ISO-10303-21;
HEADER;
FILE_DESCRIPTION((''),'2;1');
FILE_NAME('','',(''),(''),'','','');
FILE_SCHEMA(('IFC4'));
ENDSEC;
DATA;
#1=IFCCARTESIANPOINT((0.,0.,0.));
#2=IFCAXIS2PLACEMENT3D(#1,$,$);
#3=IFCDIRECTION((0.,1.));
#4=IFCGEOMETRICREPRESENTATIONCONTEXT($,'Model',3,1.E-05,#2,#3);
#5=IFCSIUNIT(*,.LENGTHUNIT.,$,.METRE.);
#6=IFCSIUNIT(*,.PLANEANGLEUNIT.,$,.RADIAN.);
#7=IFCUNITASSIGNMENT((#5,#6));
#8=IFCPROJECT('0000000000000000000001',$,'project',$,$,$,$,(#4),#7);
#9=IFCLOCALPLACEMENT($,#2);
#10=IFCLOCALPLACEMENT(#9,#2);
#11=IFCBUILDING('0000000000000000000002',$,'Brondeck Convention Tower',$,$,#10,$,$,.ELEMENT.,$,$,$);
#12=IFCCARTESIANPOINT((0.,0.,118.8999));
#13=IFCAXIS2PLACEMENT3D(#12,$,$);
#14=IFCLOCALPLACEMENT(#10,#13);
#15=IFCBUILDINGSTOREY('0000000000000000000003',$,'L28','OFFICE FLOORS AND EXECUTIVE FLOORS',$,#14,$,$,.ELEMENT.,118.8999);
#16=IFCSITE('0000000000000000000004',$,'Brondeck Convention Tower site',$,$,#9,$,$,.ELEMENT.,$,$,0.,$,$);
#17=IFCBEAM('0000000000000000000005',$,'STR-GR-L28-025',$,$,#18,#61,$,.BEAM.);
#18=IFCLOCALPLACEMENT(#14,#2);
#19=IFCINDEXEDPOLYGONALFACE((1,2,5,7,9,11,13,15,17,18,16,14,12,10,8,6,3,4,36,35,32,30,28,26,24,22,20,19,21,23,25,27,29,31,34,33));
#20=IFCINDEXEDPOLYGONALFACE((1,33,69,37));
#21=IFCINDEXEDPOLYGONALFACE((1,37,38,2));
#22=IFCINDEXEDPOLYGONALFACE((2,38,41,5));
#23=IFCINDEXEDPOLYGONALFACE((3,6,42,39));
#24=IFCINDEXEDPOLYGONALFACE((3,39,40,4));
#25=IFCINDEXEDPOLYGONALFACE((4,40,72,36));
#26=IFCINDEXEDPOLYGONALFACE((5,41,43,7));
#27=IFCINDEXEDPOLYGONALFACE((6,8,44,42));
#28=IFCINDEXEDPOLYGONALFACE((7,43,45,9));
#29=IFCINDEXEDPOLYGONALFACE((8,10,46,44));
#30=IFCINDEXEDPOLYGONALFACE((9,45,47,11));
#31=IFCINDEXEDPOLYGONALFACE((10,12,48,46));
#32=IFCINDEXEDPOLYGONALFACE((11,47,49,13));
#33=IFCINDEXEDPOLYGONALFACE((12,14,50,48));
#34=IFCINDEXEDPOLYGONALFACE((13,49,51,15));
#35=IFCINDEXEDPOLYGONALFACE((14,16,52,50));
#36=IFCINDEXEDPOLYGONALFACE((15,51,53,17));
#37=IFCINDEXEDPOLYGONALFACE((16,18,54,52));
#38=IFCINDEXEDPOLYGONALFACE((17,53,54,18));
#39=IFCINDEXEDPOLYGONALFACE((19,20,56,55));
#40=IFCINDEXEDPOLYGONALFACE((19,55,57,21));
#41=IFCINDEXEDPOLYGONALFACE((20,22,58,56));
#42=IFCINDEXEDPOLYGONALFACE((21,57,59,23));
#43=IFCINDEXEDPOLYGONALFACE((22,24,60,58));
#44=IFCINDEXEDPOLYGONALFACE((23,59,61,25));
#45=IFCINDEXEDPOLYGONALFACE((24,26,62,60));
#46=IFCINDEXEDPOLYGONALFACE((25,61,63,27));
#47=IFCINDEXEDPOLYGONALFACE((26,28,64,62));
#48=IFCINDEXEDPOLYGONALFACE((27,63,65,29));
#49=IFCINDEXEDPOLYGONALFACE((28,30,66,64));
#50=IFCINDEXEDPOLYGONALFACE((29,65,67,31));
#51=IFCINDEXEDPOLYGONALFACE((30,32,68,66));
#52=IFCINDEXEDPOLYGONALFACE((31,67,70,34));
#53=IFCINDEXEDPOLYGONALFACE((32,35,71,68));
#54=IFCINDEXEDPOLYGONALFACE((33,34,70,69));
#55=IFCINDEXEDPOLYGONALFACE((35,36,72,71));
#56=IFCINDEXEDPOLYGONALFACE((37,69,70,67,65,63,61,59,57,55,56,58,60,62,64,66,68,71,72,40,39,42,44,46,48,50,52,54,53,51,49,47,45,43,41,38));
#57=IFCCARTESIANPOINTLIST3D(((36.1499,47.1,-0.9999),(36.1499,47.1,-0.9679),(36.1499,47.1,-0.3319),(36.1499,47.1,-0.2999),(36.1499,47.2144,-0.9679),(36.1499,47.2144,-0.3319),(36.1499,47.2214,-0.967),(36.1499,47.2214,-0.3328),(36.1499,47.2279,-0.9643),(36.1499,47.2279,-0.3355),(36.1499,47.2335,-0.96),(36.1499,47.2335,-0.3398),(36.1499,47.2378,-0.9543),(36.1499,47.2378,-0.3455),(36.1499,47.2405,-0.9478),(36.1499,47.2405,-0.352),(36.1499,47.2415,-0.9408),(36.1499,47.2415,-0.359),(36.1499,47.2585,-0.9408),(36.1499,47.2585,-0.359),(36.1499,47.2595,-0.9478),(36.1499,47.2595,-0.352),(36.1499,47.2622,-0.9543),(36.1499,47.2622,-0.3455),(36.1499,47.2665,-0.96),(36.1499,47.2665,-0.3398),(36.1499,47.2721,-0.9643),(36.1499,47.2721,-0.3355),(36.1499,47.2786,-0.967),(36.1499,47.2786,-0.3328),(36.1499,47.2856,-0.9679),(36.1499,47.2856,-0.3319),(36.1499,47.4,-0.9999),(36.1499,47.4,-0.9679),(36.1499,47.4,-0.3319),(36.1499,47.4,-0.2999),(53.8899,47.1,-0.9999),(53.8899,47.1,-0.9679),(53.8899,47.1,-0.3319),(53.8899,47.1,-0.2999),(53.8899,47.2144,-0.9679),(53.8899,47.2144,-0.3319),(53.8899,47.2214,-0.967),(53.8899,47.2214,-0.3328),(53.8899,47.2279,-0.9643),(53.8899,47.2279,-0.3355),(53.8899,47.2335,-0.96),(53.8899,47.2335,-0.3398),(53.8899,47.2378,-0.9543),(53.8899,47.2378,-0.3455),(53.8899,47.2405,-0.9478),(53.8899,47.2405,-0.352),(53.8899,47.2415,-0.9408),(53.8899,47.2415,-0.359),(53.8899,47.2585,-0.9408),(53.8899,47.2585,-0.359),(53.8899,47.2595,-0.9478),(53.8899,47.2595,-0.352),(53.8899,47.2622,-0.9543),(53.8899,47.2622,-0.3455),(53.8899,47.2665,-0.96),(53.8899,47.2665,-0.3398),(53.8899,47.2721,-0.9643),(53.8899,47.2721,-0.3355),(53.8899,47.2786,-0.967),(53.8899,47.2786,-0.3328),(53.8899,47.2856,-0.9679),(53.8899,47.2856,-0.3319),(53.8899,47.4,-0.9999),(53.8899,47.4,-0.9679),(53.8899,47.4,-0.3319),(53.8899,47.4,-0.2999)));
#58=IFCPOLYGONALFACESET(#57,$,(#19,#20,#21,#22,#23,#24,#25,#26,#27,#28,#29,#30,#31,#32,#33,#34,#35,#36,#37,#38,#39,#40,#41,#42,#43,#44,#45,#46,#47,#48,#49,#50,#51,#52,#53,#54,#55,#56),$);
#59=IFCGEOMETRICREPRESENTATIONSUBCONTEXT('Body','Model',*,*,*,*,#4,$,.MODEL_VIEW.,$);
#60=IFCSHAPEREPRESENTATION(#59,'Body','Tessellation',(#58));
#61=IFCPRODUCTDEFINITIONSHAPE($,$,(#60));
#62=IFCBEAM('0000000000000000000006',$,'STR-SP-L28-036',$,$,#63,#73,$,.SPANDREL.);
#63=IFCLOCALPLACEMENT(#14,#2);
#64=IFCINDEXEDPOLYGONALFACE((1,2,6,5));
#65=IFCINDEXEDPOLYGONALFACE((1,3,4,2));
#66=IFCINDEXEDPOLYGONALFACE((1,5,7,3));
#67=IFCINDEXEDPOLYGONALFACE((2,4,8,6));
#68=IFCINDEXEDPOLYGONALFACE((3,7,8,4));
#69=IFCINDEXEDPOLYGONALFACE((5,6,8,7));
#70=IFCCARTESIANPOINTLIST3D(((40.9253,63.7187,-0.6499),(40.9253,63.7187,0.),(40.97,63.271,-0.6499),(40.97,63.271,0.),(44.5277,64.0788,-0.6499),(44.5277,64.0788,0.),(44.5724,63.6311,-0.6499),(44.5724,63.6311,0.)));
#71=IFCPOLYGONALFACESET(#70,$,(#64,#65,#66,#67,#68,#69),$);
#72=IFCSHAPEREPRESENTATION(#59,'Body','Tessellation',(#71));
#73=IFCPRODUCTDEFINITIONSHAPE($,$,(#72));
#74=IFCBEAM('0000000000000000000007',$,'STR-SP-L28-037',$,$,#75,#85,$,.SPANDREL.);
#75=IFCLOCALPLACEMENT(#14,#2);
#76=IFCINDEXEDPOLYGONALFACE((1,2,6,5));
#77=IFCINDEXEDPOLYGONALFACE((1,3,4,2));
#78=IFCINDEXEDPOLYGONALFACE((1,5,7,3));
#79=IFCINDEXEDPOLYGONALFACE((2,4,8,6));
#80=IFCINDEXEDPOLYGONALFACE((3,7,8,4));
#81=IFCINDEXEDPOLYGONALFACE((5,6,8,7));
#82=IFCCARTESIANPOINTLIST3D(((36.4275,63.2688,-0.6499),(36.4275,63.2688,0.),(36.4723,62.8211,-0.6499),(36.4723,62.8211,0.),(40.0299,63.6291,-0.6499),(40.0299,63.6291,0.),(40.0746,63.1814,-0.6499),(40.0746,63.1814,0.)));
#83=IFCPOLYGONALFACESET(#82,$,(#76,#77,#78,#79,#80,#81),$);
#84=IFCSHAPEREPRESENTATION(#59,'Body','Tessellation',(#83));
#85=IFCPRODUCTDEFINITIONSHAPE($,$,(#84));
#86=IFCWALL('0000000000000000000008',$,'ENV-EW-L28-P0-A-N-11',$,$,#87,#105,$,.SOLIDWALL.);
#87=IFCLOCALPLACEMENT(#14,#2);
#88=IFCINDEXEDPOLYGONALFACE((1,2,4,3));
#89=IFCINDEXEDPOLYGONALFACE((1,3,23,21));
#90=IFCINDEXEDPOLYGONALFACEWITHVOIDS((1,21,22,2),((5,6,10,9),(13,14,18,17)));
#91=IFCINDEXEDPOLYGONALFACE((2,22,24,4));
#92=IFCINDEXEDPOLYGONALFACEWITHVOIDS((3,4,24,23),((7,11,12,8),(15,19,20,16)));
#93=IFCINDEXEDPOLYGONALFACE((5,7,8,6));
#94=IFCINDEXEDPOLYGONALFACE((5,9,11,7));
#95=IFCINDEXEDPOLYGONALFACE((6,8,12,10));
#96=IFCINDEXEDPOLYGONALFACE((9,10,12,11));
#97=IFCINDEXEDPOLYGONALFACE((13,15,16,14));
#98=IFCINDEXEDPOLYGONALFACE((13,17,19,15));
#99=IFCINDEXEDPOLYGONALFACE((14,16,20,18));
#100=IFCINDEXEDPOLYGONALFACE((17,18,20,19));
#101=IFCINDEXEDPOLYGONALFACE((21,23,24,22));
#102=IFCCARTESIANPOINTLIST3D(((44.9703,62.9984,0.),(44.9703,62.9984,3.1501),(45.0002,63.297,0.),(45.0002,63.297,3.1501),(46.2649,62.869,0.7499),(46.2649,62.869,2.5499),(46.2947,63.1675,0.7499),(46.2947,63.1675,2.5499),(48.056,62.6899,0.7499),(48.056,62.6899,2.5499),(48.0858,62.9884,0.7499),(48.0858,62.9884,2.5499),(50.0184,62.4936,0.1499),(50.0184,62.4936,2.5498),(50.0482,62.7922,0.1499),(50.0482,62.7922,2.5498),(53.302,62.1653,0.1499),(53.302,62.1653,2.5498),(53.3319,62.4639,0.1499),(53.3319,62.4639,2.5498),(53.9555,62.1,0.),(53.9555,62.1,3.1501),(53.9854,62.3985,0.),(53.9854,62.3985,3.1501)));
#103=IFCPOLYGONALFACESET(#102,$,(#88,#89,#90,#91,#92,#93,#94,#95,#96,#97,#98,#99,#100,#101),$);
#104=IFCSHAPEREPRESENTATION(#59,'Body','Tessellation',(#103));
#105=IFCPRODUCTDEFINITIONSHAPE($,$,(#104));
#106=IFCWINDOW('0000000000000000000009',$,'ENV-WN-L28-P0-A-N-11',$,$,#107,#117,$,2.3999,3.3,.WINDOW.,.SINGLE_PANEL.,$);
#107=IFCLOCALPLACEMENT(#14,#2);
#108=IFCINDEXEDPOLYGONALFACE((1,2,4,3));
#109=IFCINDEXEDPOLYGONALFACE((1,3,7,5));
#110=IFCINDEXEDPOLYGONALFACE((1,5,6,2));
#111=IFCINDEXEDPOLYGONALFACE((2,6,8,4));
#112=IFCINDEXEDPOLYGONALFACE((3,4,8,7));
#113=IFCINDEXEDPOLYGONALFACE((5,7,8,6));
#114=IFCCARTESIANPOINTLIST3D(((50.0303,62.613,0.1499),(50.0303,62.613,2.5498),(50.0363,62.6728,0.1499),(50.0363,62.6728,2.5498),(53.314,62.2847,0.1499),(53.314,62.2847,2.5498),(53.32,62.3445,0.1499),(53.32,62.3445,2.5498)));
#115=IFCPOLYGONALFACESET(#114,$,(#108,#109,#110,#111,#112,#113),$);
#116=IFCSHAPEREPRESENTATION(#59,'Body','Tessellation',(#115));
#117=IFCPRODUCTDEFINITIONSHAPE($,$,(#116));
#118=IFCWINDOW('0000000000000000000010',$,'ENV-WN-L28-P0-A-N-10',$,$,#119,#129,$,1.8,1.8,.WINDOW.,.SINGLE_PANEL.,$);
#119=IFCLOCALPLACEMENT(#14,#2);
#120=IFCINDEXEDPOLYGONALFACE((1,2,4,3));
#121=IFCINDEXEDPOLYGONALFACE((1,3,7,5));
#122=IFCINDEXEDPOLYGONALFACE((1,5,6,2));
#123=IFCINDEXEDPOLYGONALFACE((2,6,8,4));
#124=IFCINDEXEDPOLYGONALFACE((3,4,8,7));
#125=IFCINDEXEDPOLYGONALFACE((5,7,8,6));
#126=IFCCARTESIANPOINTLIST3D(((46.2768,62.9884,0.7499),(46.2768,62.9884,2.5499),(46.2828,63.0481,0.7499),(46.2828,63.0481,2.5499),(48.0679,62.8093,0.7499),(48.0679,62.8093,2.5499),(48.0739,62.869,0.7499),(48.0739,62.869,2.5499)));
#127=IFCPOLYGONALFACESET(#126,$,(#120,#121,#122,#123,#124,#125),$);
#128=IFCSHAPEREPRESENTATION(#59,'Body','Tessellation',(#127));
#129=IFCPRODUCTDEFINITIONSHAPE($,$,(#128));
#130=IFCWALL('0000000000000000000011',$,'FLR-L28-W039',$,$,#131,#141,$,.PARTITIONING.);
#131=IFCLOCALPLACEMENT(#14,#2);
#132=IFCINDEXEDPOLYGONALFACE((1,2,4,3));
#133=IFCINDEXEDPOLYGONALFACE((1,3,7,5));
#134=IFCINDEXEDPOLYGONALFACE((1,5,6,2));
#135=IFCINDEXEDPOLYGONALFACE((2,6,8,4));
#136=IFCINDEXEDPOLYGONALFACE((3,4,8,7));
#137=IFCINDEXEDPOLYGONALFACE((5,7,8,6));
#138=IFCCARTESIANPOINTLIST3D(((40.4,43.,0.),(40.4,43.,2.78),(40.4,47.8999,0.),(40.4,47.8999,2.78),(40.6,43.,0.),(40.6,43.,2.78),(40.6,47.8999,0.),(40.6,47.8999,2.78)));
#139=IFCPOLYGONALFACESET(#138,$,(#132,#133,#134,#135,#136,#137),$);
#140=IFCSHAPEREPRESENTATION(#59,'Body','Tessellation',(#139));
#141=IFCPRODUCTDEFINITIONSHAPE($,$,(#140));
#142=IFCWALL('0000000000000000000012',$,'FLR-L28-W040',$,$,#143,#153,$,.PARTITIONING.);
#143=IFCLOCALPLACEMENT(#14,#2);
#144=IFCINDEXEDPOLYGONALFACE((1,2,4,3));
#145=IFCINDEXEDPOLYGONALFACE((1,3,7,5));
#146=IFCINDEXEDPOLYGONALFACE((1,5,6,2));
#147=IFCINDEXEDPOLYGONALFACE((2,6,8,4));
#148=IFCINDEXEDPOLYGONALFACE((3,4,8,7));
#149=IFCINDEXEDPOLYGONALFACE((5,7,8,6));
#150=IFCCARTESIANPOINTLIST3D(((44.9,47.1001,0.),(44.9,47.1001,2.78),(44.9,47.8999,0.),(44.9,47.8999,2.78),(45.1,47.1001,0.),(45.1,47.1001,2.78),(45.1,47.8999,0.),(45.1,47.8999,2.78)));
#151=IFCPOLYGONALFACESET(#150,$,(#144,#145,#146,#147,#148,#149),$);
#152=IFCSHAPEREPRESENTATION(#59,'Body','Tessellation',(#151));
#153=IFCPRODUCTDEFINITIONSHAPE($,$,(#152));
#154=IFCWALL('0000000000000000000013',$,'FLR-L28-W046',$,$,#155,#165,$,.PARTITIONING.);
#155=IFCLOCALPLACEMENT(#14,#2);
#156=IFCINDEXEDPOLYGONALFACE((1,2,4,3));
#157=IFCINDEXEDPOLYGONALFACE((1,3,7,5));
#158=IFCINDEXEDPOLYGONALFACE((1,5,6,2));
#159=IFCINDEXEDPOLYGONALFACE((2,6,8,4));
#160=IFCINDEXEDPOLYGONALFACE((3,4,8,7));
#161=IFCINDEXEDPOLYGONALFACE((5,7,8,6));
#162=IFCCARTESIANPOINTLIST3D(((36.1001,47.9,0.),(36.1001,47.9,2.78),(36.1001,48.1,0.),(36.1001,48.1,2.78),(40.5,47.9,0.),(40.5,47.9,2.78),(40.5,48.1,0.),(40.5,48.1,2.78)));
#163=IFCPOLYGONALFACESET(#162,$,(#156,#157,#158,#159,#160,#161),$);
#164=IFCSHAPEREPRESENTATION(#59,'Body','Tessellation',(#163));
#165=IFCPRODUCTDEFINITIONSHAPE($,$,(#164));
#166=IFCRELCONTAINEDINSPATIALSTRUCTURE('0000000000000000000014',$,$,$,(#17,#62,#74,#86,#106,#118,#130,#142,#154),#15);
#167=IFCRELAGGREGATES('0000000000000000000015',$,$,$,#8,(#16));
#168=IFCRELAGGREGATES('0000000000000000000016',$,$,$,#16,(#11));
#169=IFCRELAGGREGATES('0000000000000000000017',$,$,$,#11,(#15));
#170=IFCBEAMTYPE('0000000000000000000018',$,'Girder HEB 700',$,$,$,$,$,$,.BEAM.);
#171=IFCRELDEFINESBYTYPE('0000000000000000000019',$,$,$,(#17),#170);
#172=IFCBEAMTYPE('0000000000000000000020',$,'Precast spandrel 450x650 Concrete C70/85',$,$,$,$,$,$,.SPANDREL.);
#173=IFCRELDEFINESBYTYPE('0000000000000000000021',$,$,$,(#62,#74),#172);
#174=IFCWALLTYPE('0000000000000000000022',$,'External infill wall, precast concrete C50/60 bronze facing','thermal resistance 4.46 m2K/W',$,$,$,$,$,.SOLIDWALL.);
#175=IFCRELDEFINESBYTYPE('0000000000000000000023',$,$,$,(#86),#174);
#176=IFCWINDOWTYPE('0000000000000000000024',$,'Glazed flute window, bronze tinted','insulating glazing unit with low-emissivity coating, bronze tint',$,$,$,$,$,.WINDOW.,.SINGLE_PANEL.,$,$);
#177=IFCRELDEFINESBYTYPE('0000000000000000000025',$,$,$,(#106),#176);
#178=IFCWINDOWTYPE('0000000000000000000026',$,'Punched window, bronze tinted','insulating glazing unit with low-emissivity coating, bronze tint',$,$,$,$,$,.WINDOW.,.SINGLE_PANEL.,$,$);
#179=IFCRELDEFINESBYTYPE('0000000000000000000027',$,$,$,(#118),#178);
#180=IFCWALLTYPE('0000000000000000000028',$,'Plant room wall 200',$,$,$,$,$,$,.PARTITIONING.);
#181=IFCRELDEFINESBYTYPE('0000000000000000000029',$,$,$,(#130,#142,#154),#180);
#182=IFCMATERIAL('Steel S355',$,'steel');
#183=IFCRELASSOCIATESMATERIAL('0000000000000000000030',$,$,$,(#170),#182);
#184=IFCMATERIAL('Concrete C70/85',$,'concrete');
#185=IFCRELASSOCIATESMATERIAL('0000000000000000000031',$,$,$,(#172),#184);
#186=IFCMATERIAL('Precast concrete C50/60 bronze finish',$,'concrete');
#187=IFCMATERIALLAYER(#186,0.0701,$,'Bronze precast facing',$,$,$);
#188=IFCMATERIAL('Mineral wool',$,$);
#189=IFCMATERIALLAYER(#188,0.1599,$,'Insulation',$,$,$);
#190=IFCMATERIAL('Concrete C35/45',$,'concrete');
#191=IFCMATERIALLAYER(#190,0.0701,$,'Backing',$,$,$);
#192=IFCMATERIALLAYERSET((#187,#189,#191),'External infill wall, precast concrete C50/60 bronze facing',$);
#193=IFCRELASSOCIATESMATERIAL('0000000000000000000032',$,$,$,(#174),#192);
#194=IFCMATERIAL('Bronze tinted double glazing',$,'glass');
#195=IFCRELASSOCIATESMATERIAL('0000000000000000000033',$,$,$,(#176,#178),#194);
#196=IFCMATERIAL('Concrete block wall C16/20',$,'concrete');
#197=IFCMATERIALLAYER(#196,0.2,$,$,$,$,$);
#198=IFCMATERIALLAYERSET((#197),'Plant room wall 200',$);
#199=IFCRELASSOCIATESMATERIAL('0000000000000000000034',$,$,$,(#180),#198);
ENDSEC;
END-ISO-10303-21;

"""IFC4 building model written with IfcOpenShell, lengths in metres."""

from ifc_helpers import new_model, si_unit, direction, frame, frame_2d, origin, origin_2d, place, context, subcontext, project, spatial, rectangle, i_section, extrude, material, layer, layer_set, material_profile, profile_set, type_object, element, fill, save


model = new_model("IFC4")

# Units and contexts
model_context = context("Model", 3, precision=1e-05, world=origin(), true_north=direction((0.0, 1.0)))
body_context = subcontext(model_context, "Body", "Model", "MODEL_VIEW")
ifc_project = project(units=[si_unit("LENGTHUNIT", "METRE"), si_unit("PLANEANGLEUNIT", "RADIAN")], contexts=[model_context])

# Site, building, storey
site_placement = place(None, origin())
site = spatial("IfcSite", under=ifc_project, at=site_placement, Name="Brondeck Convention Tower site", CompositionType="ELEMENT", RefElevation=0.0)
building_placement = place(site_placement, origin())
building = spatial("IfcBuilding", under=site, at=building_placement, Name="Brondeck Convention Tower", CompositionType="ELEMENT")
storey_placement = place(building_placement, frame((0.0, 0.0, 118.8999)))
storey = spatial("IfcBuildingStorey", under=building, at=storey_placement, Name="L28", Description="OFFICE FLOORS AND EXECUTIVE FLOORS", CompositionType="ELEMENT", Elevation=118.8999)

# Shared definitions
ifc_material_1 = material(Name="Concrete C70/85", Category="concrete")

# Beams
ifc_material_2 = material(Name="Steel S355", Category="steel")
ifc_material_profile_1 = material_profile(ifc_material_2, i_section(OverallWidth=0.3, OverallDepth=0.7, WebThickness=0.0171, FlangeThickness=0.032, FilletRadius=0.0271, at=origin_2d()), Name="HEB 700")
ifc_profile_set_1 = profile_set([ifc_material_profile_1], Name="Steel S355")
beam_type_1 = type_object("IfcBeamType", Name="Girder HEB 700", PredefinedType="BEAM", material=ifc_profile_set_1)
beam_1_placement = place(storey_placement, frame((36.1499, 47.25, -0.6499), z_axis=(1.0, 0.0, 0.0), x_axis=(0.0, 1.0, 0.0)))
element("IfcBeam", 1, at=beam_1_placement, inside=storey, type_object=beam_type_1, Name="STR-GR-L28-025", PredefinedType="BEAM", context=body_context, shape_type="SweptSolid", body=[
    extrude(i_section(OverallWidth=0.3, OverallDepth=0.7, WebThickness=0.0171, FlangeThickness=0.032, FilletRadius=0.0271, at=origin_2d()), origin(), (0.0, 0.0, 1.0), 17.74),
])
ifc_material_profile_2 = material_profile(ifc_material_1, rectangle(XDim=0.45, YDim=0.6499, at=origin_2d()), Name="Precast spandrel 450x650 Concrete C70/85")
ifc_profile_set_2 = profile_set([ifc_material_profile_2], Name="Concrete C70/85")
beam_type_2 = type_object("IfcBeamType", Name="Precast spandrel 450x650 Concrete C70/85", PredefinedType="SPANDREL", material=ifc_profile_set_2)
for number, where, z_axis, x_axis, name in (
    (2, (44.55, 63.855, -0.325), (-0.995041, -0.09947, 0.0), (0.09947, -0.995041, 0.0), "STR-SP-L28-036"),
    (3, (40.0522, 63.4053, -0.325), (-0.995034, -0.099537, 0.0), (0.099537, -0.995034, 0.0), "STR-SP-L28-037"),
):
    element("IfcBeam", number, at=place(storey_placement, frame(where, z_axis=z_axis, x_axis=x_axis)), inside=storey, type_object=beam_type_2, Name=name, PredefinedType="SPANDREL", context=body_context, shape_type="SweptSolid", body=[
        extrude(rectangle(XDim=0.45, YDim=0.6499, at=origin_2d()), origin(), (0.0, 0.0, 1.0), 3.6204),
    ])

# Wall, openings, windows
ifc_material_3 = material(Name="Precast concrete C50/60 bronze finish", Category="concrete")
ifc_layer_1 = layer(ifc_material_3, 0.0701, Name="Bronze precast facing")
ifc_material_4 = material(Name="Mineral wool")
ifc_layer_2 = layer(ifc_material_4, 0.1599, Name="Insulation")
ifc_material_5 = material(Name="Concrete C35/45", Category="concrete")
ifc_layer_3 = layer(ifc_material_5, 0.0701, Name="Backing")
ifc_layer_set_1 = layer_set([ifc_layer_1, ifc_layer_2, ifc_layer_3], Name="External infill wall, precast concrete C50/60 bronze facing")
wall_type_1 = type_object("IfcWallType", Name="External infill wall, precast concrete C50/60 bronze facing", Description="thermal resistance 4.46 m2K/W", PredefinedType="SOLIDWALL", material=ifc_layer_set_1)
wall_1_placement = place(storey_placement, frame((44.9851, 63.1477, 0.0), z_axis=(0.0, 0.0, 1.0), x_axis=(0.995038, -0.099496, 0.0)))
wall_1 = element("IfcWall", 4, at=wall_1_placement, inside=storey, type_object=wall_type_1, Name="ENV-EW-L28-P0-A-N-11", PredefinedType="SOLIDWALL", context=body_context, shape_type="SweptSolid", body=[
    extrude(rectangle(XDim=9.03, YDim=0.3, at=frame_2d((4.5151, 0.0))), origin(), (0.0, 0.0, 1.0), 3.1501),
])
opening_1_placement = place(wall_1_placement, frame((1.3013, 0.0, 0.75)))
opening_1 = element("IfcOpeningElement", 5, at=opening_1_placement, cuts=wall_1, PredefinedType="OPENING", context=body_context, shape_type="SweptSolid", body=[
    extrude(rectangle(XDim=1.8, YDim=1.8, at=frame_2d((0.8999, 0.8999))), frame((0.0, 0.1599, 0.0), z_axis=(0.0, -1.0, 0.0), x_axis=(1.0, 0.0, 0.0)), (0.0, 0.0, 1.0), 0.3201),
])
opening_2_placement = place(wall_1_placement, frame((5.0735, 0.0, 0.1499)))
opening_2 = element("IfcOpeningElement", 6, at=opening_2_placement, cuts=wall_1, PredefinedType="OPENING", context=body_context, shape_type="SweptSolid", body=[
    extrude(rectangle(XDim=3.3, YDim=2.3999, at=frame_2d((1.6499, 1.2))), frame((0.0, 0.1599, 0.0), z_axis=(0.0, -1.0, 0.0), x_axis=(1.0, 0.0, 0.0)), (0.0, 0.0, 1.0), 0.3201),
])
ifc_material_6 = material(Name="Bronze tinted double glazing", Category="glass")
window_type_1 = type_object("IfcWindowType", Name="Glazed flute window, bronze tinted", Description="insulating glazing unit with low-emissivity coating, bronze tint", PartitioningType="SINGLE_PANEL", PredefinedType="WINDOW", material=ifc_material_6)
window_1_placement = place(opening_2_placement, origin())
window_1 = element("IfcWindow", 7, at=window_1_placement, inside=storey, type_object=window_type_1, Name="ENV-WN-L28-P0-A-N-11", OverallHeight=2.3999, OverallWidth=3.3, PartitioningType="SINGLE_PANEL", PredefinedType="WINDOW", context=body_context, shape_type="SweptSolid", body=[
    extrude(rectangle(XDim=3.3, YDim=2.3999, at=frame_2d((1.6499, 1.2))), frame((0.0, 0.03, 0.0), z_axis=(0.0, -1.0, 0.0), x_axis=(1.0, 0.0, 0.0)), (0.0, 0.0, 1.0), 0.0601),
])
fill(opening_2, window_1)
window_type_2 = type_object("IfcWindowType", Name="Punched window, bronze tinted", Description="insulating glazing unit with low-emissivity coating, bronze tint", PartitioningType="SINGLE_PANEL", PredefinedType="WINDOW", material=ifc_material_6)
window_2_placement = place(opening_1_placement, origin())
window_2 = element("IfcWindow", 8, at=window_2_placement, inside=storey, type_object=window_type_2, Name="ENV-WN-L28-P0-A-N-10", OverallHeight=1.8, OverallWidth=1.8, PartitioningType="SINGLE_PANEL", PredefinedType="WINDOW", context=body_context, shape_type="SweptSolid", body=[
    extrude(rectangle(XDim=1.8, YDim=1.8, at=frame_2d((0.8999, 0.8999))), frame((0.0, 0.03, 0.0), z_axis=(0.0, -1.0, 0.0), x_axis=(1.0, 0.0, 0.0)), (0.0, 0.0, 1.0), 0.0601),
])
fill(opening_1, window_2)

# Walls
ifc_material_7 = material(Name="Concrete block wall C16/20", Category="concrete")
ifc_layer_4 = layer(ifc_material_7, 0.2)
ifc_layer_set_2 = layer_set([ifc_layer_4], Name="Plant room wall 200")
wall_type_2 = type_object("IfcWallType", Name="Plant room wall 200", PredefinedType="PARTITIONING", material=ifc_layer_set_2)
wall_2_placement = place(storey_placement, frame((40.5, 47.8999, 0.0), z_axis=(0.0, 0.0, 1.0), x_axis=(0.0, -1.0, 0.0)))
element("IfcWall", 9, at=wall_2_placement, inside=storey, type_object=wall_type_2, Name="FLR-L28-W039", PredefinedType="PARTITIONING", context=body_context, shape_type="SweptSolid", body=[
    extrude(rectangle(XDim=4.8999, YDim=0.2, at=frame_2d((2.45, 0.0))), origin(), (0.0, 0.0, 1.0), 2.78),
])
wall_3_placement = place(storey_placement, frame((45.0, 47.8999, 0.0), z_axis=(0.0, 0.0, 1.0), x_axis=(0.0, -1.0, 0.0)))
element("IfcWall", 10, at=wall_3_placement, inside=storey, type_object=wall_type_2, Name="FLR-L28-W040", PredefinedType="PARTITIONING", context=body_context, shape_type="SweptSolid", body=[
    extrude(rectangle(XDim=0.7998, YDim=0.2, at=frame_2d((0.3999, 0.0))), origin(), (0.0, 0.0, 1.0), 2.78),
])
wall_4_placement = place(storey_placement, frame((40.5, 48.0, 0.0), z_axis=(0.0, 0.0, 1.0), x_axis=(-1.0, 0.0, 0.0)))
element("IfcWall", 11, at=wall_4_placement, inside=storey, type_object=wall_type_2, Name="FLR-L28-W046", PredefinedType="PARTITIONING", context=body_context, shape_type="SweptSolid", body=[
    extrude(rectangle(XDim=4.3999, YDim=0.2, at=frame_2d((2.2, 0.0))), origin(), (0.0, 0.0, 1.0), 2.78),
])

save(model, "model.ifc")
